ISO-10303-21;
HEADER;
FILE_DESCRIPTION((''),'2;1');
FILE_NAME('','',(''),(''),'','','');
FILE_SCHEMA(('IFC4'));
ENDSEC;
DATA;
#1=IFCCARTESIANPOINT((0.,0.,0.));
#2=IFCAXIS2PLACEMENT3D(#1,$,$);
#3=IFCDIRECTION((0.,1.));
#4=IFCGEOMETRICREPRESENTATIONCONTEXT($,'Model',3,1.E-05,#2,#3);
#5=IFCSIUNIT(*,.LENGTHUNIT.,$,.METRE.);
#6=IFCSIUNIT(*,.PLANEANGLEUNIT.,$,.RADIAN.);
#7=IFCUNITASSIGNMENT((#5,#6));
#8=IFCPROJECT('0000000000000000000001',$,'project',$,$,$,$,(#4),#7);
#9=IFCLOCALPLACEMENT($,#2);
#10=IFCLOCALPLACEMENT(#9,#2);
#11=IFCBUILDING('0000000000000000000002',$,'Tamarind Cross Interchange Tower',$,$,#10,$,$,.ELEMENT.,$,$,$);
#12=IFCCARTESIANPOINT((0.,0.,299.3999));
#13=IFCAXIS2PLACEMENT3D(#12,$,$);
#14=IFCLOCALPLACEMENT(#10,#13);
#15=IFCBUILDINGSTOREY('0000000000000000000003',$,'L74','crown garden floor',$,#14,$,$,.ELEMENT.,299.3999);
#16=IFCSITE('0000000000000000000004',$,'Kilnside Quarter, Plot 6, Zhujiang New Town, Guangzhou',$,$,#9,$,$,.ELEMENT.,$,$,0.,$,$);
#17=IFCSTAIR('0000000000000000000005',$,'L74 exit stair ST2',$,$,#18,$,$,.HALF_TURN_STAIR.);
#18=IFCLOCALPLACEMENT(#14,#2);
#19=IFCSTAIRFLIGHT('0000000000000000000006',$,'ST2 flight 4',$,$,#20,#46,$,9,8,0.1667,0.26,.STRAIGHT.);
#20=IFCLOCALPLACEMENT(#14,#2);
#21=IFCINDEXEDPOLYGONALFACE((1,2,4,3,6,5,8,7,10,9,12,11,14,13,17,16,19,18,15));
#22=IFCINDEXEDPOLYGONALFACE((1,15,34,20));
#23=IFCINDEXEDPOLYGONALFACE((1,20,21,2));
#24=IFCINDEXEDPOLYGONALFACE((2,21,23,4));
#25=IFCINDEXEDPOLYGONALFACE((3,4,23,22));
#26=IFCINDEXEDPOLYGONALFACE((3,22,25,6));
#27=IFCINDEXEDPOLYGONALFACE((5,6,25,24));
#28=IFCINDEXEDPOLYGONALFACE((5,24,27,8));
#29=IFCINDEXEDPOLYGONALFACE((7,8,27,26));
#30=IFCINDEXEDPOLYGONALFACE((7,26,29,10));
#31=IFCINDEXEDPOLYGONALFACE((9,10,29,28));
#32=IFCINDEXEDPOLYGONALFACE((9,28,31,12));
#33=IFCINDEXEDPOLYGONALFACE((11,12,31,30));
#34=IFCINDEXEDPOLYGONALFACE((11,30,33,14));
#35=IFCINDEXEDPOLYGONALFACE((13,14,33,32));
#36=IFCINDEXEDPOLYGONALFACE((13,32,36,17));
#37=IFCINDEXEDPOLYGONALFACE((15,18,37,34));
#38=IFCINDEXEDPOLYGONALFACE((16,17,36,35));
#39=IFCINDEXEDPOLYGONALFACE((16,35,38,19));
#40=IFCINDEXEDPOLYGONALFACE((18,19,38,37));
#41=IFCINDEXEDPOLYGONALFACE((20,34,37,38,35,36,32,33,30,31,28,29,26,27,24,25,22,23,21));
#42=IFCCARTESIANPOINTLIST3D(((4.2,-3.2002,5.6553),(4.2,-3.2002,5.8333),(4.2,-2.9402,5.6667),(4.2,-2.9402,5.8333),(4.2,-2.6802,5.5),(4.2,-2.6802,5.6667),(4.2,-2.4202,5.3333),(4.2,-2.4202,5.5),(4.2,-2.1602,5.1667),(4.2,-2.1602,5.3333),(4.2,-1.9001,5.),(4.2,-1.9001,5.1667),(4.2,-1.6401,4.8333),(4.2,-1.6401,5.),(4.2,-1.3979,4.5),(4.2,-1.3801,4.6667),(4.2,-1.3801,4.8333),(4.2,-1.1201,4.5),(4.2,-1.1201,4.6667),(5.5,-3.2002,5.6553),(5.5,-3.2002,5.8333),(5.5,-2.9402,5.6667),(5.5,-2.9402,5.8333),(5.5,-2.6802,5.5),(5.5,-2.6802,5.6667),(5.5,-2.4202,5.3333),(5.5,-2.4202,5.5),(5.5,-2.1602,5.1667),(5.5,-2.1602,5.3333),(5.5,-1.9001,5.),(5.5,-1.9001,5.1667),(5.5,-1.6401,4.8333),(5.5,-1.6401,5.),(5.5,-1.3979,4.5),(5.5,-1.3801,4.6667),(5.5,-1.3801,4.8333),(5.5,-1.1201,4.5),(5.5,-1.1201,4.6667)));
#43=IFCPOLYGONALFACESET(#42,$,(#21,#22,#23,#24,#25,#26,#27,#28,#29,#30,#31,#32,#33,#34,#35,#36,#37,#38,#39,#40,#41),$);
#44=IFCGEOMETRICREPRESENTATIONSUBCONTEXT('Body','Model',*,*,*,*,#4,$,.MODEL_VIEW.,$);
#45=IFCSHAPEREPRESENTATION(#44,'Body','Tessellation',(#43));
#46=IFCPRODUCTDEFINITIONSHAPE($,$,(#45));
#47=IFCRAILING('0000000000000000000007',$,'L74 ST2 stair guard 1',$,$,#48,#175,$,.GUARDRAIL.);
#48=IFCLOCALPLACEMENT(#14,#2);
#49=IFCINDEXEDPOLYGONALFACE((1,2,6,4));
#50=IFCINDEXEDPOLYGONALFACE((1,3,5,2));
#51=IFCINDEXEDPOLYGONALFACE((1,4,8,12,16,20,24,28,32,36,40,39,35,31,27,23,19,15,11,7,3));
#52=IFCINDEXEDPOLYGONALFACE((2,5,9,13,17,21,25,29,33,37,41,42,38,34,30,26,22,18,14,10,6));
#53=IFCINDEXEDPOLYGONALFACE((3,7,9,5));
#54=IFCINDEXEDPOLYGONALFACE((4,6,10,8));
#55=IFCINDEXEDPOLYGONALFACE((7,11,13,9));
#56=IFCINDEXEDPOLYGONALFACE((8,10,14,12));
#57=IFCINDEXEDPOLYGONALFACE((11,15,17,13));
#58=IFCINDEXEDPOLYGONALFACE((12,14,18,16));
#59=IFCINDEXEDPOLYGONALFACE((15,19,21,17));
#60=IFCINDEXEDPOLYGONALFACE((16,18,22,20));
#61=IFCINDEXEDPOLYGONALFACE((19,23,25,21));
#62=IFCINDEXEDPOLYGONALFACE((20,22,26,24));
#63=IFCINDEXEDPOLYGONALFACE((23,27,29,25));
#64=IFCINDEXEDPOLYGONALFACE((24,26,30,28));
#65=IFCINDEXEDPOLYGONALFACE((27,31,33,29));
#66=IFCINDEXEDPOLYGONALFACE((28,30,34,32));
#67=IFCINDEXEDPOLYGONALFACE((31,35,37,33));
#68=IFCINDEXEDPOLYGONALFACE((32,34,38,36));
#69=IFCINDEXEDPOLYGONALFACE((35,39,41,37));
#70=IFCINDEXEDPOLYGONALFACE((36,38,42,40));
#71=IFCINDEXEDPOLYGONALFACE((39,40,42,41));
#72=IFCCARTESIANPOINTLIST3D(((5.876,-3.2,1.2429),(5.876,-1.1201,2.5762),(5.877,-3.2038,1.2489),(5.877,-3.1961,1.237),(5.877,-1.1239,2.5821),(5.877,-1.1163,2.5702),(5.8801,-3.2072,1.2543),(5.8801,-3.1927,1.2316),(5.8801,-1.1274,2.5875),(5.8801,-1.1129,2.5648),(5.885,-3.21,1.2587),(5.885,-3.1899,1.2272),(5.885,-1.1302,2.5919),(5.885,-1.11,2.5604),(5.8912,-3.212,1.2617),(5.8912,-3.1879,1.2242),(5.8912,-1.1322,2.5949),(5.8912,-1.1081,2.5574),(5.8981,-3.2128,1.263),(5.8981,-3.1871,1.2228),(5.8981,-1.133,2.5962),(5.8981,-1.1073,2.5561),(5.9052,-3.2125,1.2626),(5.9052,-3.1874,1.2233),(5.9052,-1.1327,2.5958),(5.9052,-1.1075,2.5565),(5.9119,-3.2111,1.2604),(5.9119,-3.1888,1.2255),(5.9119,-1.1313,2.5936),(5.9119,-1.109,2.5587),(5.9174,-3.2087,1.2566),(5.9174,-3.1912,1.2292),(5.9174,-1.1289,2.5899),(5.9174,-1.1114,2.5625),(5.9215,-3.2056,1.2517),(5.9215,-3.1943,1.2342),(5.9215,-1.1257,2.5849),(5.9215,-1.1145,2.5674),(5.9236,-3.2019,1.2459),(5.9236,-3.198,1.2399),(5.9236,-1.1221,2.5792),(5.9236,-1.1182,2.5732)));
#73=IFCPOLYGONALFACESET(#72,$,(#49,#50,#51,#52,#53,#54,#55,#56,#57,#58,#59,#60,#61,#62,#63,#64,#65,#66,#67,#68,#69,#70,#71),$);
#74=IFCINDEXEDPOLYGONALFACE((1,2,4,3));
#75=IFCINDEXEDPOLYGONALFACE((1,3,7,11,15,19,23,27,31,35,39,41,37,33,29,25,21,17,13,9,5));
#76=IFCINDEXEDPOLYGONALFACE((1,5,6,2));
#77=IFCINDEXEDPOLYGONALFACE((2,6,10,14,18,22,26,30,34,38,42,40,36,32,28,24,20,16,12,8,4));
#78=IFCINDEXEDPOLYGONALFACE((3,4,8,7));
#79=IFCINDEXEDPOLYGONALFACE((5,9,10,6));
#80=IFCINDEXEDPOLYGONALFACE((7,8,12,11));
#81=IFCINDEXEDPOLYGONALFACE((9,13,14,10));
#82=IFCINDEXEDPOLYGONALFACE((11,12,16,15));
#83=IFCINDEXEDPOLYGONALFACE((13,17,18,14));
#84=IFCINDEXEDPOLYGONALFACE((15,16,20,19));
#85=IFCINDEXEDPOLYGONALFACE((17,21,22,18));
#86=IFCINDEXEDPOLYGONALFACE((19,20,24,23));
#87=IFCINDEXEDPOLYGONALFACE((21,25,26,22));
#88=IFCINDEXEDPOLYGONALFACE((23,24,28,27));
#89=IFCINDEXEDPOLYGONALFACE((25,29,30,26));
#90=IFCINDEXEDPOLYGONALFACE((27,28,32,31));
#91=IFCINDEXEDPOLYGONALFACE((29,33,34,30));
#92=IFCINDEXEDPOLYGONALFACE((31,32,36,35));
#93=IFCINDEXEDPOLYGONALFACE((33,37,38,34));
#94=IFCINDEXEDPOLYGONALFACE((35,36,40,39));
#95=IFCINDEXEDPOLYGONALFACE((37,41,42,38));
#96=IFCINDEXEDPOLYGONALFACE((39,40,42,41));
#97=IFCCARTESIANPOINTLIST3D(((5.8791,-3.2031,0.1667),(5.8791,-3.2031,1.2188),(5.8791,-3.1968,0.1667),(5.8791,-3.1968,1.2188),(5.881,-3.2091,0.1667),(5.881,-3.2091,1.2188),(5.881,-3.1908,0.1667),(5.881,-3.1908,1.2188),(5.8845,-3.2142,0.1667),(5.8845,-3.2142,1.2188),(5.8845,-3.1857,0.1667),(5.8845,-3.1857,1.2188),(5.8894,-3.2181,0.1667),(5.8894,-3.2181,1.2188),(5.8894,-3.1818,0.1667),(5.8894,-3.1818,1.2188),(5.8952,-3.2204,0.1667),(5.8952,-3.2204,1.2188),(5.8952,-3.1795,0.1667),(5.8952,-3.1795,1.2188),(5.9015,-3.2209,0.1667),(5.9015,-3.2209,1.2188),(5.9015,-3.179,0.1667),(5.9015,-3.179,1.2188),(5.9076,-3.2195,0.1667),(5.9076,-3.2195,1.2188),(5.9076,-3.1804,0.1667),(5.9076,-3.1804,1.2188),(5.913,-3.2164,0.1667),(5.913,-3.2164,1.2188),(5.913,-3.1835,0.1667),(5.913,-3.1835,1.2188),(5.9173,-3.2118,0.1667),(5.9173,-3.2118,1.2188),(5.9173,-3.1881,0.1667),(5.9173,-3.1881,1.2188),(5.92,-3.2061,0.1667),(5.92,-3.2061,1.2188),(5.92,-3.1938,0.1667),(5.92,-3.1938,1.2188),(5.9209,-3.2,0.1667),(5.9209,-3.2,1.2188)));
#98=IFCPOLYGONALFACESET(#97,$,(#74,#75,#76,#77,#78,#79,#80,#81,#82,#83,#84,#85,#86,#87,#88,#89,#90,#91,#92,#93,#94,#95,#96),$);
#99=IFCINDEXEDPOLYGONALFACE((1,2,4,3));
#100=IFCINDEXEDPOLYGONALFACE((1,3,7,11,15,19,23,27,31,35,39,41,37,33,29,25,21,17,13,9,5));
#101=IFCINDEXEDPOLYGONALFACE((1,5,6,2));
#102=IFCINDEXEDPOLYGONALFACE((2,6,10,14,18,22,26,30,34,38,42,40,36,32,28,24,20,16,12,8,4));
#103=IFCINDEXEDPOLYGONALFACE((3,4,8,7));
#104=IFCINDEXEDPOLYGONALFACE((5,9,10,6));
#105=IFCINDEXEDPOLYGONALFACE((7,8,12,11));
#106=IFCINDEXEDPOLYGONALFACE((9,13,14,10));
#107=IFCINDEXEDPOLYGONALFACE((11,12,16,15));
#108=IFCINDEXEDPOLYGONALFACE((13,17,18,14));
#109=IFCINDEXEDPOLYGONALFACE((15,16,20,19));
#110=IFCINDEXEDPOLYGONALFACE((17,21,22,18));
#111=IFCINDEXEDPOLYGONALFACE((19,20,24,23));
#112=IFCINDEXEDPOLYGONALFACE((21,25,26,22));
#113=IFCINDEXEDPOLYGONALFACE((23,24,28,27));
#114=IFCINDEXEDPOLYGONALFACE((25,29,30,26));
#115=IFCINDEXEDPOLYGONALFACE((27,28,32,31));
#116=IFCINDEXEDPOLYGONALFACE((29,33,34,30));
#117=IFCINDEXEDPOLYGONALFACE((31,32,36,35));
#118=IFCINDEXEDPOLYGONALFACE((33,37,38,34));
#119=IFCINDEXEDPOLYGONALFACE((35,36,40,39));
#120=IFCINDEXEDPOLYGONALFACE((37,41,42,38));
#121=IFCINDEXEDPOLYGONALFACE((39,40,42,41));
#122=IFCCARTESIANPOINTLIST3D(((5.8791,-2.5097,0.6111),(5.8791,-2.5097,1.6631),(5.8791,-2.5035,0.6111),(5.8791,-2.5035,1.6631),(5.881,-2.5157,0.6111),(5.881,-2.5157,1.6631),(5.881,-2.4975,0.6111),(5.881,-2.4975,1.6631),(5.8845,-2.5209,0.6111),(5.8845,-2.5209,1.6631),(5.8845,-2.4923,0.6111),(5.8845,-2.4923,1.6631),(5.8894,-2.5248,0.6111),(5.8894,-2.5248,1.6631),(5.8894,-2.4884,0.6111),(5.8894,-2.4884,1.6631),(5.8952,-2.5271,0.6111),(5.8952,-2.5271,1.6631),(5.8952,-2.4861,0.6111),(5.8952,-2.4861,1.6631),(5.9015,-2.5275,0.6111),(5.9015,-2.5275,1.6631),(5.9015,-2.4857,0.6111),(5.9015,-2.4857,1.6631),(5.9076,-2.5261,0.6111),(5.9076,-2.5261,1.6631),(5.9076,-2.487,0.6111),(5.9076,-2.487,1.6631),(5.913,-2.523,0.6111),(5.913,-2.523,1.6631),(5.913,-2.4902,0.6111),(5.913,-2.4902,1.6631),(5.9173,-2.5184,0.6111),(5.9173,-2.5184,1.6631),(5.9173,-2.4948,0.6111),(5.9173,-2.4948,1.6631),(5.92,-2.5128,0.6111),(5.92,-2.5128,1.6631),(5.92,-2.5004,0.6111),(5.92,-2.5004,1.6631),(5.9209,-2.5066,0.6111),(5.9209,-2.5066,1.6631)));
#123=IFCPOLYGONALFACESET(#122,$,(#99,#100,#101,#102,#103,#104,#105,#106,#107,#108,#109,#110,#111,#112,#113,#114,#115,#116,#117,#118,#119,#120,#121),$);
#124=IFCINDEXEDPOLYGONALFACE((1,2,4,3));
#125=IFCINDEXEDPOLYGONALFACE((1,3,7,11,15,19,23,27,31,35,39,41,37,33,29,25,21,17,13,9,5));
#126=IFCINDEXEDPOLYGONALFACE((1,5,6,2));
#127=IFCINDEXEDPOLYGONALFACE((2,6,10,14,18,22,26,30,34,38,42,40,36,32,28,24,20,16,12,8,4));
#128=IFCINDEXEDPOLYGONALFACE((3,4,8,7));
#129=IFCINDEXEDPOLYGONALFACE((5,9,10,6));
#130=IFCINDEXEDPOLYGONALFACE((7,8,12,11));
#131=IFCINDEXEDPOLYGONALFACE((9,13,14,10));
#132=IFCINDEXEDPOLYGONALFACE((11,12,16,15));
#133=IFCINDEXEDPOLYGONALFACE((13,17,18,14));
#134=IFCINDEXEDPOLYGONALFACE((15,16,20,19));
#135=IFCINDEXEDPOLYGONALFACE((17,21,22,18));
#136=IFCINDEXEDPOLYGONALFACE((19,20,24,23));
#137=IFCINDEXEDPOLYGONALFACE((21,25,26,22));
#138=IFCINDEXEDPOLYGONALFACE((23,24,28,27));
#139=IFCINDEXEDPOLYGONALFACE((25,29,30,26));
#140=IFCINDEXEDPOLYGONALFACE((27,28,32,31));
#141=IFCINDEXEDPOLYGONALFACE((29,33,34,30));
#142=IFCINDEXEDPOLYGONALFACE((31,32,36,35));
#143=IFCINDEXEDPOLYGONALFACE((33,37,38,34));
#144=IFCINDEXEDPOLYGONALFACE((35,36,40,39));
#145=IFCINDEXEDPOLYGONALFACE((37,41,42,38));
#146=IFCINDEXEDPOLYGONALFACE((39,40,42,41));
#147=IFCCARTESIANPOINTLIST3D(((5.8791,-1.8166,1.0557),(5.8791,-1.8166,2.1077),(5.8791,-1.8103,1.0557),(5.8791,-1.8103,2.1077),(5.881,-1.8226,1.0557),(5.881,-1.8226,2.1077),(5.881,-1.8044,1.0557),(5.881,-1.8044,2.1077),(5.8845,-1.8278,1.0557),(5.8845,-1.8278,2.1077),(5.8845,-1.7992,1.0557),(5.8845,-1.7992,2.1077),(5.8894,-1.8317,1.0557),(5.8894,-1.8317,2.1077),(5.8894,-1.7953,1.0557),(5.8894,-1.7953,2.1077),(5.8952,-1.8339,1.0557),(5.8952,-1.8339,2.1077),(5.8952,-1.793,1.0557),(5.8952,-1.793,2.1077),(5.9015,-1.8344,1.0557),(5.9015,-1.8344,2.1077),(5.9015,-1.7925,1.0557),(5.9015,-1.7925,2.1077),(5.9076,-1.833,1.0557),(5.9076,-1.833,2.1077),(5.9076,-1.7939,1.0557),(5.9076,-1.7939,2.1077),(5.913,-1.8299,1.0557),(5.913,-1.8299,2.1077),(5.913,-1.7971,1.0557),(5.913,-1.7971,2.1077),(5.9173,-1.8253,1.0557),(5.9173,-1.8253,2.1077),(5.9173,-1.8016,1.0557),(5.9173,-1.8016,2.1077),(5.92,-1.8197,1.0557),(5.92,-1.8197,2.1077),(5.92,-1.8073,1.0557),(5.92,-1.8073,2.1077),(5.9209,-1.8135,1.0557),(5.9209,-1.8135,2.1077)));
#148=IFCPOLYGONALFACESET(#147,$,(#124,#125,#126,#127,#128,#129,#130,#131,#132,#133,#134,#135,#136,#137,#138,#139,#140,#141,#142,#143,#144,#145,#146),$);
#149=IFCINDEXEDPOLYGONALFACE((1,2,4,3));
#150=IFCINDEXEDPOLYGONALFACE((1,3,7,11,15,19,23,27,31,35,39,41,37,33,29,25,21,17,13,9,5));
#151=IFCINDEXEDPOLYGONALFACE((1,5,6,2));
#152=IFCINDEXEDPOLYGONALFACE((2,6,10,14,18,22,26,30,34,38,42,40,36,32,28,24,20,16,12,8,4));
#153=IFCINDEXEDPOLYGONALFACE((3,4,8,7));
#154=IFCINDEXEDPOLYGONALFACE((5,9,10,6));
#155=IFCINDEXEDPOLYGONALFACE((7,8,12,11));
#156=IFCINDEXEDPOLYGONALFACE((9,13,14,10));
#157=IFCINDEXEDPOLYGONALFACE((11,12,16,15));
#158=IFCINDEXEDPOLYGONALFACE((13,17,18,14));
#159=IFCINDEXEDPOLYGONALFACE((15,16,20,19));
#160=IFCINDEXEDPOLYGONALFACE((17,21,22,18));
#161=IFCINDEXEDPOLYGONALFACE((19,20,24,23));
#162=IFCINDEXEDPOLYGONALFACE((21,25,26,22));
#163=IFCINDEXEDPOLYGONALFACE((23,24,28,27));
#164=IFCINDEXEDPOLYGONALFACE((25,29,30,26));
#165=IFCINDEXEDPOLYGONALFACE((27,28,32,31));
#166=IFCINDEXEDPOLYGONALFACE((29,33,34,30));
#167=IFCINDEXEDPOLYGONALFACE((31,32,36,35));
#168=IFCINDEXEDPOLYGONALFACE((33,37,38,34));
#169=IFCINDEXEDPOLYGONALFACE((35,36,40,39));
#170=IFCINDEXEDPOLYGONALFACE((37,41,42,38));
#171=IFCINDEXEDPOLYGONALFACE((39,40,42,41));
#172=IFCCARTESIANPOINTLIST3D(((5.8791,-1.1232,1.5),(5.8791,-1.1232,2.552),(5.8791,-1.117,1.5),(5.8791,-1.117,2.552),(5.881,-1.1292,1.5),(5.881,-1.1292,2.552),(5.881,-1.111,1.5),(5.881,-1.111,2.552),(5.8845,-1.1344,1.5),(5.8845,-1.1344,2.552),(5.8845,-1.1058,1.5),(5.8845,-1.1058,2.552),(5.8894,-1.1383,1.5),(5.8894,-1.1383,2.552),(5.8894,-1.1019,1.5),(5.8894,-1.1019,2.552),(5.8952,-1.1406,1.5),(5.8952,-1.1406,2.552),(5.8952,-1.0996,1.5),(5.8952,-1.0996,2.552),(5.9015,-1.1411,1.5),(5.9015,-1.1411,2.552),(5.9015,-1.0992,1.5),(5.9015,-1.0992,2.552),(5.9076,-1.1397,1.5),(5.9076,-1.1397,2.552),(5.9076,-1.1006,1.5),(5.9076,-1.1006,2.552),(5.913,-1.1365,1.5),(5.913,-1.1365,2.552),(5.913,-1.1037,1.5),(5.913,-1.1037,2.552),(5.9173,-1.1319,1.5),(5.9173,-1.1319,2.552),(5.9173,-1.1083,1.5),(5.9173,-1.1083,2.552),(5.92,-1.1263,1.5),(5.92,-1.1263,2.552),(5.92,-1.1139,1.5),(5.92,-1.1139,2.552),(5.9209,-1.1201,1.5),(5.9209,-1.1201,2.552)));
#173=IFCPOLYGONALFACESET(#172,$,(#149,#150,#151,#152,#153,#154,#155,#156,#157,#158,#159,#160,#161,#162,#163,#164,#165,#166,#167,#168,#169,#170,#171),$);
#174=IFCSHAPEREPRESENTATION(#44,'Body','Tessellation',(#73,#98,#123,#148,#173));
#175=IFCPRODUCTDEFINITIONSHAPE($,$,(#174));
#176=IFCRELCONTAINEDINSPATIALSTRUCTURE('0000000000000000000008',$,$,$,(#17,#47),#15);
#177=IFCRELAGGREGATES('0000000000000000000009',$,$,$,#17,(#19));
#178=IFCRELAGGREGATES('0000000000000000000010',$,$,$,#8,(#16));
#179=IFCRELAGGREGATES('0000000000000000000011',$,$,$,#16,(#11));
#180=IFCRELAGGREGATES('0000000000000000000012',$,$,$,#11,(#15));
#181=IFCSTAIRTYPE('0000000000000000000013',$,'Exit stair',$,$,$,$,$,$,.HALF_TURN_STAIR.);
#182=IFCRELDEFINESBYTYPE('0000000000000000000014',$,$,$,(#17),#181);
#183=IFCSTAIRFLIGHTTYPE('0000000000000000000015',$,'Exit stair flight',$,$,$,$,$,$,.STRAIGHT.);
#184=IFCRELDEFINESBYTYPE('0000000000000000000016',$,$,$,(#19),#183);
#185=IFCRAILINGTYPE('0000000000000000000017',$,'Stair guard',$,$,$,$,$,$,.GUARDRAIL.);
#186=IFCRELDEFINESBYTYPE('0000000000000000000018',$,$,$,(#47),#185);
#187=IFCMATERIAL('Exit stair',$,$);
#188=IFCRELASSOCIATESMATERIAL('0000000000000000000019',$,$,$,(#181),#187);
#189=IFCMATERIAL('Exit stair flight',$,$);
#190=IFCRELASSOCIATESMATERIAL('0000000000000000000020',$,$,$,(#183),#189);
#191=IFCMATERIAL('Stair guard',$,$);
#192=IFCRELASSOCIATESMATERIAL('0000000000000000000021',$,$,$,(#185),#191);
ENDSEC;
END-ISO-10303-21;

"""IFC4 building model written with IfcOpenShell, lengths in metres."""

from ifc_helpers import new_model, si_unit, direction, frame, origin, origin_2d, place, context, subcontext, project, spatial, polyline, circle, outline, extrude, material, type_object, element, aggregate, save


model = new_model("IFC4")

# Units and contexts
model_context = context("Model", 3, precision=1e-05, world=origin(), true_north=direction((0.0, 1.0)))
body_context = subcontext(model_context, "Body", "Model", "MODEL_VIEW")
ifc_project = project(units=[si_unit("LENGTHUNIT", "METRE"), si_unit("PLANEANGLEUNIT", "RADIAN")], contexts=[model_context])

# Site, building, storey
site_placement = place(None, origin())
site = spatial("IfcSite", under=ifc_project, at=site_placement, Name="Kilnside Quarter, Plot 6, Zhujiang New Town, Guangzhou", CompositionType="ELEMENT", RefElevation=0.0)
building_placement = place(site_placement, origin())
building = spatial("IfcBuilding", under=site, at=building_placement, Name="Tamarind Cross Interchange Tower", CompositionType="ELEMENT")
storey_placement = place(building_placement, frame((0.0, 0.0, 299.3999)))
storey = spatial("IfcBuildingStorey", under=building, at=storey_placement, Name="L74", Description="crown garden floor", CompositionType="ELEMENT", Elevation=299.3999)

# Stair, stair flight
ifc_material_1 = material(Name="Exit stair")
stair_type = type_object("IfcStairType", Name="Exit stair", PredefinedType="HALF_TURN_STAIR", material=ifc_material_1)
stair_placement = place(storey_placement, origin())
stair = element("IfcStair", 1, at=stair_placement, inside=storey, type_object=stair_type, Name="L74 exit stair ST2", PredefinedType="HALF_TURN_STAIR")
ifc_material_2 = material(Name="Exit stair flight")
stair_flight_type = type_object("IfcStairFlightType", Name="Exit stair flight", PredefinedType="STRAIGHT", material=ifc_material_2)
stair_flight_1_placement = place(storey_placement, frame((4.8501, -1.1201, 4.5), z_axis=(0.0, 0.0, 1.0), x_axis=(0.0, -1.0, 0.0)))
stair_flight_1 = element("IfcStairFlight", 2, at=stair_flight_1_placement, type_object=stair_flight_type, Name="ST2 flight 4", NumberOfRisers=9, NumberOfTreads=8, PredefinedType="STRAIGHT", RiserHeight=0.1667, TreadLength=0.26, context=body_context, shape_type="SweptSolid", body=[
    extrude(outline(polyline([(0.0, 0.0), (0.0, 0.1667), (0.26, 0.1667), (0.26, 0.3333), (0.52, 0.3333), (0.52, 0.5), (0.78, 0.5), (0.78, 0.6667), (1.04, 0.6667), (1.04, 0.8333), (1.3, 0.8333), (1.3, 1.0), (1.5601, 1.0), (1.5601, 1.1667), (1.8201, 1.1667), (1.8201, 1.3333), (2.0801, 1.3333), (2.0801, 1.5), (2.0801, 1.1553), (0.2778, 0.0), (0.0, 0.0)])), frame((0.0, 0.6499, 0.0), z_axis=(0.0, -1.0, 0.0), x_axis=(1.0, 0.0, 0.0)), (0.0, 0.0, 1.0), 1.3),
])
aggregate(stair, [stair_flight_1])

# Railing
ifc_material_3 = material(Name="Stair guard")
railing_type_1 = type_object("IfcRailingType", Name="Stair guard", PredefinedType="GUARDRAIL", material=ifc_material_3)
railing_1_placement = place(storey_placement, frame((5.8999, -3.2, 0.1667)))
element("IfcRailing", 3, at=railing_1_placement, inside=storey, type_object=railing_type_1, Name="L74 ST2 stair guard 1", PredefinedType="GUARDRAIL", context=body_context, shape_type="SweptSolid", body=[
    extrude(circle(Radius=0.0239, at=origin_2d()), frame((0.0, 0.0, 1.0762), z_axis=(0.0, 0.841875, 0.539673), x_axis=(-1.0, 0.0, 0.0)), (0.0, 0.0, 1.0), 2.4705),
    extrude(circle(Radius=0.021, at=origin_2d()), origin(), (0.0, 0.0, 1.0), 1.052),
    extrude(circle(Radius=0.021, at=origin_2d()), frame((0.0, 0.6934, 0.4443)), (0.0, 0.0, 1.0), 1.052),
    extrude(circle(Radius=0.021, at=origin_2d()), frame((0.0, 1.3865, 0.8889)), (0.0, 0.0, 1.0), 1.052),
    extrude(circle(Radius=0.021, at=origin_2d()), frame((0.0, 2.0798, 1.3333)), (0.0, 0.0, 1.0), 1.052),
])

save(model, "model.ifc")
